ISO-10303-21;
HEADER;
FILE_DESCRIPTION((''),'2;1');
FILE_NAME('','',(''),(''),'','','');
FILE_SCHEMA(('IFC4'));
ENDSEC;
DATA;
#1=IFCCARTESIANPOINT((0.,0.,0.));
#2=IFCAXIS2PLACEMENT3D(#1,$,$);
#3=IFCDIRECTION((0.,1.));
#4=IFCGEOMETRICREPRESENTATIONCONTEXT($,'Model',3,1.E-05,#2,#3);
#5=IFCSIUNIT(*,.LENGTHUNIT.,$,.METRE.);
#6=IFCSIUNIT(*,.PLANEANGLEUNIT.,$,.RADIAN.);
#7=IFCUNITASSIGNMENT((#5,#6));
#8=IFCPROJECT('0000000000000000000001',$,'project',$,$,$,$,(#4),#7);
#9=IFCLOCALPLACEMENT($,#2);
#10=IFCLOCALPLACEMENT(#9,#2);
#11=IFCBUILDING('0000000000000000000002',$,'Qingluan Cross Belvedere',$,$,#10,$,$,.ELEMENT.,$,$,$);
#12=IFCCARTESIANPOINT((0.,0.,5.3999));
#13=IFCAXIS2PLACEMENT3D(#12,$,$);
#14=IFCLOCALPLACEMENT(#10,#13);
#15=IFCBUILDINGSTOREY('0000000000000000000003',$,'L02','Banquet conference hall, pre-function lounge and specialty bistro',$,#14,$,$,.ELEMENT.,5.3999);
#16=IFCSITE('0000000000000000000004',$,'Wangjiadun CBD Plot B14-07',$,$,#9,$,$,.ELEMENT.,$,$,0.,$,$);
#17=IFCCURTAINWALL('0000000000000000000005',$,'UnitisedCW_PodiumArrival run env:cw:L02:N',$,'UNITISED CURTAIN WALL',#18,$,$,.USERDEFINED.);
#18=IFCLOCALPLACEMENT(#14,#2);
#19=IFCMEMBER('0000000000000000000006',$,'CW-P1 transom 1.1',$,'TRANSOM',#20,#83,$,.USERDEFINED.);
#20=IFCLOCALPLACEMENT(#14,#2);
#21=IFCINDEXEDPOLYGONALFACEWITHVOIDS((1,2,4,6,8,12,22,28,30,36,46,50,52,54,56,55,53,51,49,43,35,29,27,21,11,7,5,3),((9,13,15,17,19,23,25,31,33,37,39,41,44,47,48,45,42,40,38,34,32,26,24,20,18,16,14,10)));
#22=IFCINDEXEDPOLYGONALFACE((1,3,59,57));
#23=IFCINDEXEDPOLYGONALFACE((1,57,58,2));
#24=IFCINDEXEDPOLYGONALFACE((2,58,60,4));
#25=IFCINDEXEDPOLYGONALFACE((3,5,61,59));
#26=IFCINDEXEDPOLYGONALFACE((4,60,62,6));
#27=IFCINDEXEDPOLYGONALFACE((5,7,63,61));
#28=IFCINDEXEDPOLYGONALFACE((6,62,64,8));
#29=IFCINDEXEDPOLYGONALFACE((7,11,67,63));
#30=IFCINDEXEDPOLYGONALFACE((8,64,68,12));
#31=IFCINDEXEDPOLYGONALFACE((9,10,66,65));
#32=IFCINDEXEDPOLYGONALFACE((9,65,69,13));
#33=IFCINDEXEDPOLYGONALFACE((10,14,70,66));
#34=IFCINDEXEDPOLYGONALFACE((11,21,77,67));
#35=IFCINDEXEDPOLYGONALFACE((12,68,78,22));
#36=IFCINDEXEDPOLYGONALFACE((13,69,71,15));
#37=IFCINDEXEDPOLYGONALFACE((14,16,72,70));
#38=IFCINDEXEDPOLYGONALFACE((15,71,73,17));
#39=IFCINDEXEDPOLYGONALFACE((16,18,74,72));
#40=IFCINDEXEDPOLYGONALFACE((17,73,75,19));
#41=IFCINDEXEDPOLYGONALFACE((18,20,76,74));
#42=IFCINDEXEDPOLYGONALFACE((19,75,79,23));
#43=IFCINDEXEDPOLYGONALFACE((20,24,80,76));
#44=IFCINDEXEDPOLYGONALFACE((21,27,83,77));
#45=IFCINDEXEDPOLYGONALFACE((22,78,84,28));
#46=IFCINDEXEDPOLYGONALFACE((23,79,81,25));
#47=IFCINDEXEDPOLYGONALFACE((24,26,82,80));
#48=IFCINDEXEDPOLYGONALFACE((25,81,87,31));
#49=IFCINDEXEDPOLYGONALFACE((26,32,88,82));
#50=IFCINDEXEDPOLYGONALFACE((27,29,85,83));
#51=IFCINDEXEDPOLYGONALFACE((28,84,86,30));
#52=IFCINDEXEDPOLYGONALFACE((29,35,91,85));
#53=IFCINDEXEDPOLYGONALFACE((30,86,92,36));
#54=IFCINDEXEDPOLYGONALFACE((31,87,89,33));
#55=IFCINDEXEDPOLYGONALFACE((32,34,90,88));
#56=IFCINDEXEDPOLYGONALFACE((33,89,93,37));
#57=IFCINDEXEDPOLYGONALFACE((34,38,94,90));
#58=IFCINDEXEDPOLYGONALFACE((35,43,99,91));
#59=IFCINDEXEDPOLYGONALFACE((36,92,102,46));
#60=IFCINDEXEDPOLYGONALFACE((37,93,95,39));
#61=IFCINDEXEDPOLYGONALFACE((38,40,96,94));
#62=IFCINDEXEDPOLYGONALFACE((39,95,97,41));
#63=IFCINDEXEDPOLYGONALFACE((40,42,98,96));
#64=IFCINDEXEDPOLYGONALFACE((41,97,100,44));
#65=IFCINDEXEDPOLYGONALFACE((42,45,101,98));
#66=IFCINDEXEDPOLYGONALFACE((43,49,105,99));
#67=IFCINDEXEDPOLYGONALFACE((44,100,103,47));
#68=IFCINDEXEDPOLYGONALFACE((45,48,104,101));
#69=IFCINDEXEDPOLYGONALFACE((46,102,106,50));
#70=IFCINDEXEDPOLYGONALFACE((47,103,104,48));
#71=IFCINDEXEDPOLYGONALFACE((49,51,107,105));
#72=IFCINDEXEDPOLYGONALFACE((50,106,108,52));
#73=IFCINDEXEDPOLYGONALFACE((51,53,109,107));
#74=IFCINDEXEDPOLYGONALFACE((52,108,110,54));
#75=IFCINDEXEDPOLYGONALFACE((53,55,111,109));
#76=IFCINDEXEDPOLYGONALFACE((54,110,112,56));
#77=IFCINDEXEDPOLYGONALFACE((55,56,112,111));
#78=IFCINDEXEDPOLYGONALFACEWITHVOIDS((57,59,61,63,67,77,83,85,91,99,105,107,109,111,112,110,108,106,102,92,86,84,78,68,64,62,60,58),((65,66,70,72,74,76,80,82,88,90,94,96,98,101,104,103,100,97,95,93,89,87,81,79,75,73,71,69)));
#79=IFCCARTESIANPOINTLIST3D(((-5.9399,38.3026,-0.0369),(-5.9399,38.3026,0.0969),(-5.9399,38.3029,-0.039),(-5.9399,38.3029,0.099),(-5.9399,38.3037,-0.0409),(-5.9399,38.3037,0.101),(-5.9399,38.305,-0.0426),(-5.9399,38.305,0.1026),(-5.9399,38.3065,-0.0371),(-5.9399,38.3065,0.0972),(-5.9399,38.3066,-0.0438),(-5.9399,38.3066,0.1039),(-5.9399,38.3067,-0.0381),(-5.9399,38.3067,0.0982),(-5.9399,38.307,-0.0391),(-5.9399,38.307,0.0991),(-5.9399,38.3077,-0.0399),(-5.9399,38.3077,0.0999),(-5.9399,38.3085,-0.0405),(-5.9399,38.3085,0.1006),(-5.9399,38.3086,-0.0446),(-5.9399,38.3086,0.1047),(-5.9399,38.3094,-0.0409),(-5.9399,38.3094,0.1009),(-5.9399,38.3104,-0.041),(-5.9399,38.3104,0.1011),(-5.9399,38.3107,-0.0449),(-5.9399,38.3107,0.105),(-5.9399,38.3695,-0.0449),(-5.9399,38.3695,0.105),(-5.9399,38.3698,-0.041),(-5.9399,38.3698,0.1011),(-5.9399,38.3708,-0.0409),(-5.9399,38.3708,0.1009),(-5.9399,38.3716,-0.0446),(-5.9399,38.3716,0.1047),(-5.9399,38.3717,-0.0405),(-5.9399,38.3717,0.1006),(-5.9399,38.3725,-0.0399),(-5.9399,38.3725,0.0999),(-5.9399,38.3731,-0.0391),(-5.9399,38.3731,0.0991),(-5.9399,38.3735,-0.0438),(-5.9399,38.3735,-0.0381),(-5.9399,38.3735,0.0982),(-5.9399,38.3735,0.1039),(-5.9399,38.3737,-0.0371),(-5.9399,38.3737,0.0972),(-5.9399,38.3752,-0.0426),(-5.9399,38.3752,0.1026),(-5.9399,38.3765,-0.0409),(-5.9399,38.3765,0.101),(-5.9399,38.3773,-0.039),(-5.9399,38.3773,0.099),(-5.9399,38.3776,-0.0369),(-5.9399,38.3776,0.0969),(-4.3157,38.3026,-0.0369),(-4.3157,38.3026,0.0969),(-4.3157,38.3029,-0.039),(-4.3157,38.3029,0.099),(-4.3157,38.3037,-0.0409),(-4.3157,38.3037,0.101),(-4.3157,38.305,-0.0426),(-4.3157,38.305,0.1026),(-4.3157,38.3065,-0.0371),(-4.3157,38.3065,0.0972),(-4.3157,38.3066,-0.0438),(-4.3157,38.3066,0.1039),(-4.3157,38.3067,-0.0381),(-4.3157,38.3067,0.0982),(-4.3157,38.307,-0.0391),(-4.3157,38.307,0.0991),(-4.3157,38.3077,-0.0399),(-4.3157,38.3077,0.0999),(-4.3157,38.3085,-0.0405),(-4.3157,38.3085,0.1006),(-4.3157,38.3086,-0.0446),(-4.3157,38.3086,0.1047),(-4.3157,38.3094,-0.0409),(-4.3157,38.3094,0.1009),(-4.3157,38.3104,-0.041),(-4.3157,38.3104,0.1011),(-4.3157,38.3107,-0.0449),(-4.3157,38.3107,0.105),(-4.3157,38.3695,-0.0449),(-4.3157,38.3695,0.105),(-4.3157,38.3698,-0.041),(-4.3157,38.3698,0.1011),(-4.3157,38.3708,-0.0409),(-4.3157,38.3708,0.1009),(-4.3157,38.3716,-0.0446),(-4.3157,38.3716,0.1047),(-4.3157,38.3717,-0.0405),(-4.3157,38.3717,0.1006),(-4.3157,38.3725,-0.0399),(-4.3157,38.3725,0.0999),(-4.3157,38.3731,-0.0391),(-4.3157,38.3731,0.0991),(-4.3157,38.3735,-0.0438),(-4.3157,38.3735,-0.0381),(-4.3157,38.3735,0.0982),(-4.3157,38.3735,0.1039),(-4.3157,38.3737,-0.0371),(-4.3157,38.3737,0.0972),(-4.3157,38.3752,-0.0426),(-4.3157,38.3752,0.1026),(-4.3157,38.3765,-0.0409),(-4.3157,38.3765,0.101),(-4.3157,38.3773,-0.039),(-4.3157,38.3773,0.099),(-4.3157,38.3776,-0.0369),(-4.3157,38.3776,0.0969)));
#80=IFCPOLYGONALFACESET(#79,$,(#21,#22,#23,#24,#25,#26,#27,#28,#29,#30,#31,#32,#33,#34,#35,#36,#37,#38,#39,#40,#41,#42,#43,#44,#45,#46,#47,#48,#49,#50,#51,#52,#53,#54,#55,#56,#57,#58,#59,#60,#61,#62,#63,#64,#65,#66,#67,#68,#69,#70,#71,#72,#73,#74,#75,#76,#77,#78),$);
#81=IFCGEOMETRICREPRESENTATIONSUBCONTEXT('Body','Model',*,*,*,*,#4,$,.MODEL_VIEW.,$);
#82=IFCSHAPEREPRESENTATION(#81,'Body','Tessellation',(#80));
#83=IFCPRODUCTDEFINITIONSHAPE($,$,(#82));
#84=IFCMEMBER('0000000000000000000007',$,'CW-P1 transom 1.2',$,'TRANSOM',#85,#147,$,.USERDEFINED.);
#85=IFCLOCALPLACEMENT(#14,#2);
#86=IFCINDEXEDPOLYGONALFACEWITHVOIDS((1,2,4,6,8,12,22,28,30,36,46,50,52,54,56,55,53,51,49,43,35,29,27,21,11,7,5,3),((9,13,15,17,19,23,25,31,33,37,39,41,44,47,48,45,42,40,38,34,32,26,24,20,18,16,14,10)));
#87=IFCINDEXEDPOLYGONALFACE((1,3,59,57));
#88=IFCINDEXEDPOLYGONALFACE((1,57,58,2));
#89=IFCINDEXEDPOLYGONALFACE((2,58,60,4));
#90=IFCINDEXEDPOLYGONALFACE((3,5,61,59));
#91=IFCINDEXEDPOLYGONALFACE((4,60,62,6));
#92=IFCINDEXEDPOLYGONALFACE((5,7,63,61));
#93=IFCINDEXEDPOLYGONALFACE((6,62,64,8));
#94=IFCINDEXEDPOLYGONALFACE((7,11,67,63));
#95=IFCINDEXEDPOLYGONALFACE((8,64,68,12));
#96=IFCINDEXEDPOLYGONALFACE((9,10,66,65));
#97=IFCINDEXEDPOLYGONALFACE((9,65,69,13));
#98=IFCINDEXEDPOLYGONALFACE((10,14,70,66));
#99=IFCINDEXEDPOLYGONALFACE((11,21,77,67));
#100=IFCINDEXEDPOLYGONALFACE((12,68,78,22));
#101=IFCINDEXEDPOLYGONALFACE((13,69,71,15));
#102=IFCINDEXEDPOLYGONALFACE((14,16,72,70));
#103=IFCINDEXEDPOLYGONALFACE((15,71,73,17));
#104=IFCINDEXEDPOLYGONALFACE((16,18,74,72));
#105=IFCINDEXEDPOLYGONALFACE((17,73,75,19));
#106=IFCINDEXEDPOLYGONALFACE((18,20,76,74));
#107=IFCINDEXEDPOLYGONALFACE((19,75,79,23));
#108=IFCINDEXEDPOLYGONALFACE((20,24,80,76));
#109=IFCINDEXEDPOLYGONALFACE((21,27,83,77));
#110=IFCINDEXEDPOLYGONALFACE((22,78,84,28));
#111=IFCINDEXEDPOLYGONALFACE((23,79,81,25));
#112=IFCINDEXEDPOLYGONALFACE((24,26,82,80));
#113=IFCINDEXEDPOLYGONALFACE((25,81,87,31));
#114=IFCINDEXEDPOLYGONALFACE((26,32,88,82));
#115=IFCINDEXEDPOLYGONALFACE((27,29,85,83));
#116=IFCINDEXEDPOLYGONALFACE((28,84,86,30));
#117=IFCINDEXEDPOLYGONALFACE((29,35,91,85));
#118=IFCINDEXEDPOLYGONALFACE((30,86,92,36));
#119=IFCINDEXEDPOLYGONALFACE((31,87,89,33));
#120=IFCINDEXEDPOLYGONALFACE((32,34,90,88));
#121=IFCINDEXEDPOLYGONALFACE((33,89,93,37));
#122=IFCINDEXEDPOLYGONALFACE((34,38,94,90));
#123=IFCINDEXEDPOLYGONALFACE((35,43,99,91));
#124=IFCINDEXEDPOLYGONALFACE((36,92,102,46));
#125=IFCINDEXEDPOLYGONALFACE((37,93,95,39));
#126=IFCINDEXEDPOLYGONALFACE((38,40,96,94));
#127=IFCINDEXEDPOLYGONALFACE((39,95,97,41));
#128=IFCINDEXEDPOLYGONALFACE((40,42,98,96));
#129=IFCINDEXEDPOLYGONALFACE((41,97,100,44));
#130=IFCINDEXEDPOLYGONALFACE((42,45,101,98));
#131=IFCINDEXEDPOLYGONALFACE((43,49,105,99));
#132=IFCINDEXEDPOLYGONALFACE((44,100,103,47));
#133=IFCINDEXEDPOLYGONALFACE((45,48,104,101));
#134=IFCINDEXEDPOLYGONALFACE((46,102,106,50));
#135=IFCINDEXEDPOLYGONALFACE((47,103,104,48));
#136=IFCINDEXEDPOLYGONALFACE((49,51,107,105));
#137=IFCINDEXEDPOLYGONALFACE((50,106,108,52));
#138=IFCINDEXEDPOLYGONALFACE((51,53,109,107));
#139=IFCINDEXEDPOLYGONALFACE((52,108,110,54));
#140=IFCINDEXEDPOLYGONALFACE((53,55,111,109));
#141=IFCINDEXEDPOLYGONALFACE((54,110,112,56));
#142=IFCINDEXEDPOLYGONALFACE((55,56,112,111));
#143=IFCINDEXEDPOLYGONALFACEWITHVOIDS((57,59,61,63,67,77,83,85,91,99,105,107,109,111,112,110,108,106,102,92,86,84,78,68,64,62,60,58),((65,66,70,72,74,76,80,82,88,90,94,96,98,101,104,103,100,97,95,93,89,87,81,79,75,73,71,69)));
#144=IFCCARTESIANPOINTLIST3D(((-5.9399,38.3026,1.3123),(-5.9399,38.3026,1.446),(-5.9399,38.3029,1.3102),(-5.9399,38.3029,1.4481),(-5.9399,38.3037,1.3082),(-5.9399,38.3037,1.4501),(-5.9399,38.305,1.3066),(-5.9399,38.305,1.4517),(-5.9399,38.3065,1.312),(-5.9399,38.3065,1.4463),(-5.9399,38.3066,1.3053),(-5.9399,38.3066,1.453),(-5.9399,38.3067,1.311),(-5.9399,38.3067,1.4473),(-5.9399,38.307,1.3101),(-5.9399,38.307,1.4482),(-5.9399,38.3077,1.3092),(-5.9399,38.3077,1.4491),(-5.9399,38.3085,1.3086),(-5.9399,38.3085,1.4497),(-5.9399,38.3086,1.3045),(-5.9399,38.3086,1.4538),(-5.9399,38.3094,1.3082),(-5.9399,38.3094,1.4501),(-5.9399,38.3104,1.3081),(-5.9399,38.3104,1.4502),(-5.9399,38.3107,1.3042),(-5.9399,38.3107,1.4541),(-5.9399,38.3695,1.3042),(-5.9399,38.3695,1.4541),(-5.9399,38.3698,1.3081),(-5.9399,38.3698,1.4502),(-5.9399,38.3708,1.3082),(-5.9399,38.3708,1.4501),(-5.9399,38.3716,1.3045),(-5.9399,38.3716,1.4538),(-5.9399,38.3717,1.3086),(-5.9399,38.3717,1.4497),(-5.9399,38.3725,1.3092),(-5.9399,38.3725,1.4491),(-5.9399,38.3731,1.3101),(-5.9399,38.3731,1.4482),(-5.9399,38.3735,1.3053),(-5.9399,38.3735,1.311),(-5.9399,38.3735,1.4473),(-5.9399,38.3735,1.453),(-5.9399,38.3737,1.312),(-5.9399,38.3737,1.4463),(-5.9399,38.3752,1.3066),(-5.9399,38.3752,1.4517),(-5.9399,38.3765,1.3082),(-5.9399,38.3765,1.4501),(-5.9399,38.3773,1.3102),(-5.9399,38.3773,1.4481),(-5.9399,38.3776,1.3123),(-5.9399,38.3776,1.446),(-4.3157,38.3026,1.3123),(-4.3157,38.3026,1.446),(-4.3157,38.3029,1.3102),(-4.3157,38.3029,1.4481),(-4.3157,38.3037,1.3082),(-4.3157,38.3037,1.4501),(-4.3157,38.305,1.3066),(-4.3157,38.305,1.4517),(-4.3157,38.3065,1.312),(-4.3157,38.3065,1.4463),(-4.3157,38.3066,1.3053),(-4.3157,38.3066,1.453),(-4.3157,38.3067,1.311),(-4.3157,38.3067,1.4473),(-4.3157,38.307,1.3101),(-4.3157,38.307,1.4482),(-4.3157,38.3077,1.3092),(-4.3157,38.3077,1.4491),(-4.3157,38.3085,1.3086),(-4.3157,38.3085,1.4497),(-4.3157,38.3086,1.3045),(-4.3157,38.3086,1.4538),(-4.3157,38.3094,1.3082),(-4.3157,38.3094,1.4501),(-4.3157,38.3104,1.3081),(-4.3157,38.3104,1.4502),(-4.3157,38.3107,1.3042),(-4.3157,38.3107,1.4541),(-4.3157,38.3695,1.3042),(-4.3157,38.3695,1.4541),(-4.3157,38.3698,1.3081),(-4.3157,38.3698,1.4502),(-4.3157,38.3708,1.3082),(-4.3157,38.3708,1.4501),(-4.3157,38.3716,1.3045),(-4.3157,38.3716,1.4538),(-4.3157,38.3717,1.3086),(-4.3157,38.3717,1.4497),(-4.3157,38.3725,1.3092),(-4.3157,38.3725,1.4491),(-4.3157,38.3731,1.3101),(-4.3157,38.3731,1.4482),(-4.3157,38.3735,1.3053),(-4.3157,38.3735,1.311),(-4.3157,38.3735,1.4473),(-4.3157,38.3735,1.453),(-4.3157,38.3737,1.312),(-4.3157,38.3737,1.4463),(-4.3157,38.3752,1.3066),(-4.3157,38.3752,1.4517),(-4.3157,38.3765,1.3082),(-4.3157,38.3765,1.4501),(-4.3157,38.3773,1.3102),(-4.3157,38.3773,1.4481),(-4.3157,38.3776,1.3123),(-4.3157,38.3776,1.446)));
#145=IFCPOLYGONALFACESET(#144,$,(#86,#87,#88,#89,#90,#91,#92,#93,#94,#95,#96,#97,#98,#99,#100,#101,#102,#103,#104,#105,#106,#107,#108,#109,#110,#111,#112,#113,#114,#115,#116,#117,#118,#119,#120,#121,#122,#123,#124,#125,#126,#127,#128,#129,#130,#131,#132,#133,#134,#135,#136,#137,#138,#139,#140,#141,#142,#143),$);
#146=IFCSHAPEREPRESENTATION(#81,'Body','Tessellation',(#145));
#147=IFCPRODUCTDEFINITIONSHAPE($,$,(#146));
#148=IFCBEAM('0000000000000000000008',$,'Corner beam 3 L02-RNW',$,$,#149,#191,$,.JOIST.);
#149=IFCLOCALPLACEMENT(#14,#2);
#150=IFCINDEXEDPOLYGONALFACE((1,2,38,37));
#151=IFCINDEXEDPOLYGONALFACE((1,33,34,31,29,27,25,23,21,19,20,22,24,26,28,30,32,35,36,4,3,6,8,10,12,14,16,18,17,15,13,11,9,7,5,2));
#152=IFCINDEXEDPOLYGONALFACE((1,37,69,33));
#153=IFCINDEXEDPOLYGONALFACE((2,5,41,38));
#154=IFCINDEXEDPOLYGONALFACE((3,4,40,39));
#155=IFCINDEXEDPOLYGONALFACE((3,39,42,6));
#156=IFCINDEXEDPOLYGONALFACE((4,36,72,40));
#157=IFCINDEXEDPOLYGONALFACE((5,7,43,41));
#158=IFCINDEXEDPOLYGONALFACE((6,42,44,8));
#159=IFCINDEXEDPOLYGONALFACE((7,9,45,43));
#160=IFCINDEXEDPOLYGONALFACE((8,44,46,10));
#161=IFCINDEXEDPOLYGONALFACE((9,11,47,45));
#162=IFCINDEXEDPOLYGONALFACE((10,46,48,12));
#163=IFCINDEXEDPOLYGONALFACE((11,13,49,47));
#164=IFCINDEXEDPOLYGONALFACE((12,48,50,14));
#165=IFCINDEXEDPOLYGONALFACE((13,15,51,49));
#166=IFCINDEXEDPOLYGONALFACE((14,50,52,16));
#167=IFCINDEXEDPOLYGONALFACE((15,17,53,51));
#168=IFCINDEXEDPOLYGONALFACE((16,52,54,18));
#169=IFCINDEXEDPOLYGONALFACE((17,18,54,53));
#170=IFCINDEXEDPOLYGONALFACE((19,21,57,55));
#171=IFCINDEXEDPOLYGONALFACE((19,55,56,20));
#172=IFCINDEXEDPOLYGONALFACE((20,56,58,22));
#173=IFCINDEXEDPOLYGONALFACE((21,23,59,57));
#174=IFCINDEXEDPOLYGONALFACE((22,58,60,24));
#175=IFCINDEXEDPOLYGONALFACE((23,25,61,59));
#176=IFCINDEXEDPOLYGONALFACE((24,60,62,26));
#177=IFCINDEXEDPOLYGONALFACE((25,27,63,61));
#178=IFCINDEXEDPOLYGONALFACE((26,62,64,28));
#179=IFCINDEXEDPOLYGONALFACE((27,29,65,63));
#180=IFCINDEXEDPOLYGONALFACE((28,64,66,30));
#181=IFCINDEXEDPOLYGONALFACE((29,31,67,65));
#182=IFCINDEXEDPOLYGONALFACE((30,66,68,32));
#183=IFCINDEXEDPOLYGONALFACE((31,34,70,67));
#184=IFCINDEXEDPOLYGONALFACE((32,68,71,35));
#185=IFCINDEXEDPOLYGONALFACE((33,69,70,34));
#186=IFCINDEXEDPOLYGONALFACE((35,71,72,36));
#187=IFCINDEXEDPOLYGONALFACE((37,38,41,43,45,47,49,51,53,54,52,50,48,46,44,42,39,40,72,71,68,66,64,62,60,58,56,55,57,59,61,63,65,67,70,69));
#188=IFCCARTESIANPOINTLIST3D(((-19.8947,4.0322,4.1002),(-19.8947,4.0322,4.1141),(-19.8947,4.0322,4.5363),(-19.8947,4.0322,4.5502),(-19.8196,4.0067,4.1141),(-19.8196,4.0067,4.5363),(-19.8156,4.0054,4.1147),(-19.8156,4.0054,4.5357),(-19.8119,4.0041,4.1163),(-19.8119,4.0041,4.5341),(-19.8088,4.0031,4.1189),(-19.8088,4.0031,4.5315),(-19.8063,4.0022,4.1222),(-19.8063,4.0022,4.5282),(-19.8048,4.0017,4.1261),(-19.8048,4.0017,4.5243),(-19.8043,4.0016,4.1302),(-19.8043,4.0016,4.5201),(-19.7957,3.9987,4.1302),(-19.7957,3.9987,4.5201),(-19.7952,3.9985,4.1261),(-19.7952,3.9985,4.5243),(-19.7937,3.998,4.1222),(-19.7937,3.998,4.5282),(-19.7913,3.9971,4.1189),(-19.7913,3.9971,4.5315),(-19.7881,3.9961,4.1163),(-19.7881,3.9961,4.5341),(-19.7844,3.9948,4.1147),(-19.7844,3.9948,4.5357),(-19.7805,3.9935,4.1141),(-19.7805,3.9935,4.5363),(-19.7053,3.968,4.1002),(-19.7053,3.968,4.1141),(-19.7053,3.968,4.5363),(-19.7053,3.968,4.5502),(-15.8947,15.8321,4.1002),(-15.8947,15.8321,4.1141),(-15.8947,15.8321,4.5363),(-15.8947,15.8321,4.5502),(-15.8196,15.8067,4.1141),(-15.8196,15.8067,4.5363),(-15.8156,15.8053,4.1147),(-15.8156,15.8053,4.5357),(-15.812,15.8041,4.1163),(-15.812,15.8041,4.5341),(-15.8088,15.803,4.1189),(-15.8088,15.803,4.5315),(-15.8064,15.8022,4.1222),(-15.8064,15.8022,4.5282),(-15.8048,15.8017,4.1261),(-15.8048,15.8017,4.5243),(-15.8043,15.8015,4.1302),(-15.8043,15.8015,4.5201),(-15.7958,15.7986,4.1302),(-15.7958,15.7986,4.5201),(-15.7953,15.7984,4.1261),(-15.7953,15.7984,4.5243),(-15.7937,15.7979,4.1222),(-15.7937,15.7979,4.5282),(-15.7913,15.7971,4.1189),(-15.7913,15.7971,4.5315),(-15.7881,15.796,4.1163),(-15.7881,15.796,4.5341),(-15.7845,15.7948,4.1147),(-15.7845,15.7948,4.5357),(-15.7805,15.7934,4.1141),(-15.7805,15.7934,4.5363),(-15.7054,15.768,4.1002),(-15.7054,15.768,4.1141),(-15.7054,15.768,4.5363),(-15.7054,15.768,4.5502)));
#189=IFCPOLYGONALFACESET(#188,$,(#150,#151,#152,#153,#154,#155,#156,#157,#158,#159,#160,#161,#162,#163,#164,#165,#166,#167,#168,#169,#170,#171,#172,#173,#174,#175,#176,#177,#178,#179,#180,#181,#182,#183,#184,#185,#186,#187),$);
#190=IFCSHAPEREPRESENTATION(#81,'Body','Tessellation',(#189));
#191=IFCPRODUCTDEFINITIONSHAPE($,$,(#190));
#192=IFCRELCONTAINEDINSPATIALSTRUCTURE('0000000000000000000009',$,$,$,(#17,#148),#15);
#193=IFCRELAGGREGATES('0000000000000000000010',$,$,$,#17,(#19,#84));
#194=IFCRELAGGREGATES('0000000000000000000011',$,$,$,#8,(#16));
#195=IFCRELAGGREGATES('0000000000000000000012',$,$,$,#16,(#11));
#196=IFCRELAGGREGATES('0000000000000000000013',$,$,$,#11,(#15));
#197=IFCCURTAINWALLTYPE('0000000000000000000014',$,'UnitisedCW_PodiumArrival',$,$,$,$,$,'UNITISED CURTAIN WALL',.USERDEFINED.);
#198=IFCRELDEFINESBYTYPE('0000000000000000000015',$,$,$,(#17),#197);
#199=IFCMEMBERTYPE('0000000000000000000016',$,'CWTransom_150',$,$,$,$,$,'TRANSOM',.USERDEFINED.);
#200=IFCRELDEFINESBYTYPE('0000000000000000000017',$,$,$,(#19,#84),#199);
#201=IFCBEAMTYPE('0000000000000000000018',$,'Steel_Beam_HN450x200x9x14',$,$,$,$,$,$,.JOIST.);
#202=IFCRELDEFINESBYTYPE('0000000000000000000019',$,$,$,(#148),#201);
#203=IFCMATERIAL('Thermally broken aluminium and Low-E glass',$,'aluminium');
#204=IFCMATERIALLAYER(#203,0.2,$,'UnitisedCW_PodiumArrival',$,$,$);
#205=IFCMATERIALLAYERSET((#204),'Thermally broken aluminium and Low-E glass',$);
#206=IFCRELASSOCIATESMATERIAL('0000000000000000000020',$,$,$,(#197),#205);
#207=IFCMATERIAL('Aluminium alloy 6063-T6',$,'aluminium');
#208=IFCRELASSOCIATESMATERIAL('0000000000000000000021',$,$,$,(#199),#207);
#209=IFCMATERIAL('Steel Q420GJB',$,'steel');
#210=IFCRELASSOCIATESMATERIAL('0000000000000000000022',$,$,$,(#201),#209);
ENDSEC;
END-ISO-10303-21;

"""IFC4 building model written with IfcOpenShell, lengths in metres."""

from ifc_helpers import new_model, si_unit, direction, frame, origin, origin_2d, place, context, subcontext, project, spatial, hollow_rectangle, i_section, extrude, material, layer, layer_set, material_profile, profile_set, type_object, element, aggregate, save


model = new_model("IFC4")

# Units and contexts
model_context = context("Model", 3, precision=1e-05, world=origin(), true_north=direction((0.0, 1.0)))
body_context = subcontext(model_context, "Body", "Model", "MODEL_VIEW")
ifc_project = project(units=[si_unit("LENGTHUNIT", "METRE"), si_unit("PLANEANGLEUNIT", "RADIAN")], contexts=[model_context])

# Site, building, storey
site_placement = place(None, origin())
site = spatial("IfcSite", under=ifc_project, at=site_placement, Name="Wangjiadun CBD Plot B14-07", CompositionType="ELEMENT", RefElevation=0.0)
building_placement = place(site_placement, origin())
building = spatial("IfcBuilding", under=site, at=building_placement, Name="Qingluan Cross Belvedere", CompositionType="ELEMENT")
storey_placement = place(building_placement, frame((0.0, 0.0, 5.3999)))
storey = spatial("IfcBuildingStorey", under=building, at=storey_placement, Name="L02", Description="Banquet conference hall, pre-function lounge and specialty bistro", CompositionType="ELEMENT", Elevation=5.3999)

# Curtain wall, members
ifc_material_1 = material(Name="Thermally broken aluminium and Low-E glass", Category="aluminium")
ifc_layer_1 = layer(ifc_material_1, 0.2, Name="UnitisedCW_PodiumArrival")
ifc_layer_set_1 = layer_set([ifc_layer_1], Name="Thermally broken aluminium and Low-E glass")
curtain_wall_type = type_object("IfcCurtainWallType", Name="UnitisedCW_PodiumArrival", ElementType="UNITISED CURTAIN WALL", PredefinedType="USERDEFINED", material=ifc_layer_set_1)
curtain_wall_placement = place(storey_placement, origin())
curtain_wall = element("IfcCurtainWall", 1, at=curtain_wall_placement, inside=storey, type_object=curtain_wall_type, Name="UnitisedCW_PodiumArrival run env:cw:L02:N", ObjectType="UNITISED CURTAIN WALL", PredefinedType="USERDEFINED")
ifc_material_2 = material(Name="Aluminium alloy 6063-T6", Category="aluminium")
ifc_material_profile_1 = material_profile(ifc_material_2, hollow_rectangle(XDim=0.075, YDim=0.1499, WallThickness=0.0039, InnerFilletRadius=0.0039, OuterFilletRadius=0.0081, at=origin_2d()), Name="CWT150x75x4")
ifc_profile_set_1 = profile_set([ifc_material_profile_1], Name="Aluminium alloy 6063-T6")
member_type_1 = type_object("IfcMemberType", Name="CWTransom_150", ElementType="TRANSOM", PredefinedType="USERDEFINED", material=ifc_profile_set_1)
member_1_placement = place(storey_placement, frame((-5.9399, 38.3401, 0.03), z_axis=(1.0, 0.0, 0.0), x_axis=(0.0, 1.0, 0.0)))
member_1 = element("IfcMember", 2, at=member_1_placement, type_object=member_type_1, Name="CW-P1 transom 1.1", ObjectType="TRANSOM", PredefinedType="USERDEFINED", context=body_context, shape_type="SweptSolid", body=[
    extrude(hollow_rectangle(XDim=0.075, YDim=0.1499, WallThickness=0.0039, InnerFilletRadius=0.0039, OuterFilletRadius=0.0081, at=origin_2d()), origin(), (0.0, 0.0, 1.0), 1.6243),
])
member_2_placement = place(storey_placement, frame((-5.9399, 38.3401, 1.3792), z_axis=(1.0, 0.0, 0.0), x_axis=(0.0, 1.0, 0.0)))
member_2 = element("IfcMember", 3, at=member_2_placement, type_object=member_type_1, Name="CW-P1 transom 1.2", ObjectType="TRANSOM", PredefinedType="USERDEFINED", context=body_context, shape_type="SweptSolid", body=[
    extrude(hollow_rectangle(XDim=0.075, YDim=0.1499, WallThickness=0.0039, InnerFilletRadius=0.0039, OuterFilletRadius=0.0081, at=origin_2d()), origin(), (0.0, 0.0, 1.0), 1.6243),
])
aggregate(curtain_wall, [member_1, member_2])

# Beam
ifc_material_3 = material(Name="Steel Q420GJB", Category="steel")
ifc_material_profile_2 = material_profile(ifc_material_3, i_section(OverallWidth=0.2, OverallDepth=0.45, WebThickness=0.009, FlangeThickness=0.0139, FilletRadius=0.0161, at=origin_2d()), Name="HN450x200x9x14")
ifc_profile_set_2 = profile_set([ifc_material_profile_2], Name="Steel Q420GJB")
beam_type = type_object("IfcBeamType", Name="Steel_Beam_HN450x200x9x14", PredefinedType="JOIST", material=ifc_profile_set_2)
beam_placement = place(storey_placement, frame((-15.8, 15.8, 4.3252), z_axis=(-0.321038, -0.947066, 0.0), x_axis=(0.947066, -0.321038, 0.0)))
element("IfcBeam", 4, at=beam_placement, inside=storey, type_object=beam_type, Name="Corner beam 3 L02-RNW", PredefinedType="JOIST", context=body_context, shape_type="SweptSolid", body=[
    extrude(i_section(OverallWidth=0.2, OverallDepth=0.45, WebThickness=0.009, FlangeThickness=0.0139, FilletRadius=0.0161, at=origin_2d()), origin(), (0.0, 0.0, 1.0), 12.4595),
])

save(model, "model.ifc")
